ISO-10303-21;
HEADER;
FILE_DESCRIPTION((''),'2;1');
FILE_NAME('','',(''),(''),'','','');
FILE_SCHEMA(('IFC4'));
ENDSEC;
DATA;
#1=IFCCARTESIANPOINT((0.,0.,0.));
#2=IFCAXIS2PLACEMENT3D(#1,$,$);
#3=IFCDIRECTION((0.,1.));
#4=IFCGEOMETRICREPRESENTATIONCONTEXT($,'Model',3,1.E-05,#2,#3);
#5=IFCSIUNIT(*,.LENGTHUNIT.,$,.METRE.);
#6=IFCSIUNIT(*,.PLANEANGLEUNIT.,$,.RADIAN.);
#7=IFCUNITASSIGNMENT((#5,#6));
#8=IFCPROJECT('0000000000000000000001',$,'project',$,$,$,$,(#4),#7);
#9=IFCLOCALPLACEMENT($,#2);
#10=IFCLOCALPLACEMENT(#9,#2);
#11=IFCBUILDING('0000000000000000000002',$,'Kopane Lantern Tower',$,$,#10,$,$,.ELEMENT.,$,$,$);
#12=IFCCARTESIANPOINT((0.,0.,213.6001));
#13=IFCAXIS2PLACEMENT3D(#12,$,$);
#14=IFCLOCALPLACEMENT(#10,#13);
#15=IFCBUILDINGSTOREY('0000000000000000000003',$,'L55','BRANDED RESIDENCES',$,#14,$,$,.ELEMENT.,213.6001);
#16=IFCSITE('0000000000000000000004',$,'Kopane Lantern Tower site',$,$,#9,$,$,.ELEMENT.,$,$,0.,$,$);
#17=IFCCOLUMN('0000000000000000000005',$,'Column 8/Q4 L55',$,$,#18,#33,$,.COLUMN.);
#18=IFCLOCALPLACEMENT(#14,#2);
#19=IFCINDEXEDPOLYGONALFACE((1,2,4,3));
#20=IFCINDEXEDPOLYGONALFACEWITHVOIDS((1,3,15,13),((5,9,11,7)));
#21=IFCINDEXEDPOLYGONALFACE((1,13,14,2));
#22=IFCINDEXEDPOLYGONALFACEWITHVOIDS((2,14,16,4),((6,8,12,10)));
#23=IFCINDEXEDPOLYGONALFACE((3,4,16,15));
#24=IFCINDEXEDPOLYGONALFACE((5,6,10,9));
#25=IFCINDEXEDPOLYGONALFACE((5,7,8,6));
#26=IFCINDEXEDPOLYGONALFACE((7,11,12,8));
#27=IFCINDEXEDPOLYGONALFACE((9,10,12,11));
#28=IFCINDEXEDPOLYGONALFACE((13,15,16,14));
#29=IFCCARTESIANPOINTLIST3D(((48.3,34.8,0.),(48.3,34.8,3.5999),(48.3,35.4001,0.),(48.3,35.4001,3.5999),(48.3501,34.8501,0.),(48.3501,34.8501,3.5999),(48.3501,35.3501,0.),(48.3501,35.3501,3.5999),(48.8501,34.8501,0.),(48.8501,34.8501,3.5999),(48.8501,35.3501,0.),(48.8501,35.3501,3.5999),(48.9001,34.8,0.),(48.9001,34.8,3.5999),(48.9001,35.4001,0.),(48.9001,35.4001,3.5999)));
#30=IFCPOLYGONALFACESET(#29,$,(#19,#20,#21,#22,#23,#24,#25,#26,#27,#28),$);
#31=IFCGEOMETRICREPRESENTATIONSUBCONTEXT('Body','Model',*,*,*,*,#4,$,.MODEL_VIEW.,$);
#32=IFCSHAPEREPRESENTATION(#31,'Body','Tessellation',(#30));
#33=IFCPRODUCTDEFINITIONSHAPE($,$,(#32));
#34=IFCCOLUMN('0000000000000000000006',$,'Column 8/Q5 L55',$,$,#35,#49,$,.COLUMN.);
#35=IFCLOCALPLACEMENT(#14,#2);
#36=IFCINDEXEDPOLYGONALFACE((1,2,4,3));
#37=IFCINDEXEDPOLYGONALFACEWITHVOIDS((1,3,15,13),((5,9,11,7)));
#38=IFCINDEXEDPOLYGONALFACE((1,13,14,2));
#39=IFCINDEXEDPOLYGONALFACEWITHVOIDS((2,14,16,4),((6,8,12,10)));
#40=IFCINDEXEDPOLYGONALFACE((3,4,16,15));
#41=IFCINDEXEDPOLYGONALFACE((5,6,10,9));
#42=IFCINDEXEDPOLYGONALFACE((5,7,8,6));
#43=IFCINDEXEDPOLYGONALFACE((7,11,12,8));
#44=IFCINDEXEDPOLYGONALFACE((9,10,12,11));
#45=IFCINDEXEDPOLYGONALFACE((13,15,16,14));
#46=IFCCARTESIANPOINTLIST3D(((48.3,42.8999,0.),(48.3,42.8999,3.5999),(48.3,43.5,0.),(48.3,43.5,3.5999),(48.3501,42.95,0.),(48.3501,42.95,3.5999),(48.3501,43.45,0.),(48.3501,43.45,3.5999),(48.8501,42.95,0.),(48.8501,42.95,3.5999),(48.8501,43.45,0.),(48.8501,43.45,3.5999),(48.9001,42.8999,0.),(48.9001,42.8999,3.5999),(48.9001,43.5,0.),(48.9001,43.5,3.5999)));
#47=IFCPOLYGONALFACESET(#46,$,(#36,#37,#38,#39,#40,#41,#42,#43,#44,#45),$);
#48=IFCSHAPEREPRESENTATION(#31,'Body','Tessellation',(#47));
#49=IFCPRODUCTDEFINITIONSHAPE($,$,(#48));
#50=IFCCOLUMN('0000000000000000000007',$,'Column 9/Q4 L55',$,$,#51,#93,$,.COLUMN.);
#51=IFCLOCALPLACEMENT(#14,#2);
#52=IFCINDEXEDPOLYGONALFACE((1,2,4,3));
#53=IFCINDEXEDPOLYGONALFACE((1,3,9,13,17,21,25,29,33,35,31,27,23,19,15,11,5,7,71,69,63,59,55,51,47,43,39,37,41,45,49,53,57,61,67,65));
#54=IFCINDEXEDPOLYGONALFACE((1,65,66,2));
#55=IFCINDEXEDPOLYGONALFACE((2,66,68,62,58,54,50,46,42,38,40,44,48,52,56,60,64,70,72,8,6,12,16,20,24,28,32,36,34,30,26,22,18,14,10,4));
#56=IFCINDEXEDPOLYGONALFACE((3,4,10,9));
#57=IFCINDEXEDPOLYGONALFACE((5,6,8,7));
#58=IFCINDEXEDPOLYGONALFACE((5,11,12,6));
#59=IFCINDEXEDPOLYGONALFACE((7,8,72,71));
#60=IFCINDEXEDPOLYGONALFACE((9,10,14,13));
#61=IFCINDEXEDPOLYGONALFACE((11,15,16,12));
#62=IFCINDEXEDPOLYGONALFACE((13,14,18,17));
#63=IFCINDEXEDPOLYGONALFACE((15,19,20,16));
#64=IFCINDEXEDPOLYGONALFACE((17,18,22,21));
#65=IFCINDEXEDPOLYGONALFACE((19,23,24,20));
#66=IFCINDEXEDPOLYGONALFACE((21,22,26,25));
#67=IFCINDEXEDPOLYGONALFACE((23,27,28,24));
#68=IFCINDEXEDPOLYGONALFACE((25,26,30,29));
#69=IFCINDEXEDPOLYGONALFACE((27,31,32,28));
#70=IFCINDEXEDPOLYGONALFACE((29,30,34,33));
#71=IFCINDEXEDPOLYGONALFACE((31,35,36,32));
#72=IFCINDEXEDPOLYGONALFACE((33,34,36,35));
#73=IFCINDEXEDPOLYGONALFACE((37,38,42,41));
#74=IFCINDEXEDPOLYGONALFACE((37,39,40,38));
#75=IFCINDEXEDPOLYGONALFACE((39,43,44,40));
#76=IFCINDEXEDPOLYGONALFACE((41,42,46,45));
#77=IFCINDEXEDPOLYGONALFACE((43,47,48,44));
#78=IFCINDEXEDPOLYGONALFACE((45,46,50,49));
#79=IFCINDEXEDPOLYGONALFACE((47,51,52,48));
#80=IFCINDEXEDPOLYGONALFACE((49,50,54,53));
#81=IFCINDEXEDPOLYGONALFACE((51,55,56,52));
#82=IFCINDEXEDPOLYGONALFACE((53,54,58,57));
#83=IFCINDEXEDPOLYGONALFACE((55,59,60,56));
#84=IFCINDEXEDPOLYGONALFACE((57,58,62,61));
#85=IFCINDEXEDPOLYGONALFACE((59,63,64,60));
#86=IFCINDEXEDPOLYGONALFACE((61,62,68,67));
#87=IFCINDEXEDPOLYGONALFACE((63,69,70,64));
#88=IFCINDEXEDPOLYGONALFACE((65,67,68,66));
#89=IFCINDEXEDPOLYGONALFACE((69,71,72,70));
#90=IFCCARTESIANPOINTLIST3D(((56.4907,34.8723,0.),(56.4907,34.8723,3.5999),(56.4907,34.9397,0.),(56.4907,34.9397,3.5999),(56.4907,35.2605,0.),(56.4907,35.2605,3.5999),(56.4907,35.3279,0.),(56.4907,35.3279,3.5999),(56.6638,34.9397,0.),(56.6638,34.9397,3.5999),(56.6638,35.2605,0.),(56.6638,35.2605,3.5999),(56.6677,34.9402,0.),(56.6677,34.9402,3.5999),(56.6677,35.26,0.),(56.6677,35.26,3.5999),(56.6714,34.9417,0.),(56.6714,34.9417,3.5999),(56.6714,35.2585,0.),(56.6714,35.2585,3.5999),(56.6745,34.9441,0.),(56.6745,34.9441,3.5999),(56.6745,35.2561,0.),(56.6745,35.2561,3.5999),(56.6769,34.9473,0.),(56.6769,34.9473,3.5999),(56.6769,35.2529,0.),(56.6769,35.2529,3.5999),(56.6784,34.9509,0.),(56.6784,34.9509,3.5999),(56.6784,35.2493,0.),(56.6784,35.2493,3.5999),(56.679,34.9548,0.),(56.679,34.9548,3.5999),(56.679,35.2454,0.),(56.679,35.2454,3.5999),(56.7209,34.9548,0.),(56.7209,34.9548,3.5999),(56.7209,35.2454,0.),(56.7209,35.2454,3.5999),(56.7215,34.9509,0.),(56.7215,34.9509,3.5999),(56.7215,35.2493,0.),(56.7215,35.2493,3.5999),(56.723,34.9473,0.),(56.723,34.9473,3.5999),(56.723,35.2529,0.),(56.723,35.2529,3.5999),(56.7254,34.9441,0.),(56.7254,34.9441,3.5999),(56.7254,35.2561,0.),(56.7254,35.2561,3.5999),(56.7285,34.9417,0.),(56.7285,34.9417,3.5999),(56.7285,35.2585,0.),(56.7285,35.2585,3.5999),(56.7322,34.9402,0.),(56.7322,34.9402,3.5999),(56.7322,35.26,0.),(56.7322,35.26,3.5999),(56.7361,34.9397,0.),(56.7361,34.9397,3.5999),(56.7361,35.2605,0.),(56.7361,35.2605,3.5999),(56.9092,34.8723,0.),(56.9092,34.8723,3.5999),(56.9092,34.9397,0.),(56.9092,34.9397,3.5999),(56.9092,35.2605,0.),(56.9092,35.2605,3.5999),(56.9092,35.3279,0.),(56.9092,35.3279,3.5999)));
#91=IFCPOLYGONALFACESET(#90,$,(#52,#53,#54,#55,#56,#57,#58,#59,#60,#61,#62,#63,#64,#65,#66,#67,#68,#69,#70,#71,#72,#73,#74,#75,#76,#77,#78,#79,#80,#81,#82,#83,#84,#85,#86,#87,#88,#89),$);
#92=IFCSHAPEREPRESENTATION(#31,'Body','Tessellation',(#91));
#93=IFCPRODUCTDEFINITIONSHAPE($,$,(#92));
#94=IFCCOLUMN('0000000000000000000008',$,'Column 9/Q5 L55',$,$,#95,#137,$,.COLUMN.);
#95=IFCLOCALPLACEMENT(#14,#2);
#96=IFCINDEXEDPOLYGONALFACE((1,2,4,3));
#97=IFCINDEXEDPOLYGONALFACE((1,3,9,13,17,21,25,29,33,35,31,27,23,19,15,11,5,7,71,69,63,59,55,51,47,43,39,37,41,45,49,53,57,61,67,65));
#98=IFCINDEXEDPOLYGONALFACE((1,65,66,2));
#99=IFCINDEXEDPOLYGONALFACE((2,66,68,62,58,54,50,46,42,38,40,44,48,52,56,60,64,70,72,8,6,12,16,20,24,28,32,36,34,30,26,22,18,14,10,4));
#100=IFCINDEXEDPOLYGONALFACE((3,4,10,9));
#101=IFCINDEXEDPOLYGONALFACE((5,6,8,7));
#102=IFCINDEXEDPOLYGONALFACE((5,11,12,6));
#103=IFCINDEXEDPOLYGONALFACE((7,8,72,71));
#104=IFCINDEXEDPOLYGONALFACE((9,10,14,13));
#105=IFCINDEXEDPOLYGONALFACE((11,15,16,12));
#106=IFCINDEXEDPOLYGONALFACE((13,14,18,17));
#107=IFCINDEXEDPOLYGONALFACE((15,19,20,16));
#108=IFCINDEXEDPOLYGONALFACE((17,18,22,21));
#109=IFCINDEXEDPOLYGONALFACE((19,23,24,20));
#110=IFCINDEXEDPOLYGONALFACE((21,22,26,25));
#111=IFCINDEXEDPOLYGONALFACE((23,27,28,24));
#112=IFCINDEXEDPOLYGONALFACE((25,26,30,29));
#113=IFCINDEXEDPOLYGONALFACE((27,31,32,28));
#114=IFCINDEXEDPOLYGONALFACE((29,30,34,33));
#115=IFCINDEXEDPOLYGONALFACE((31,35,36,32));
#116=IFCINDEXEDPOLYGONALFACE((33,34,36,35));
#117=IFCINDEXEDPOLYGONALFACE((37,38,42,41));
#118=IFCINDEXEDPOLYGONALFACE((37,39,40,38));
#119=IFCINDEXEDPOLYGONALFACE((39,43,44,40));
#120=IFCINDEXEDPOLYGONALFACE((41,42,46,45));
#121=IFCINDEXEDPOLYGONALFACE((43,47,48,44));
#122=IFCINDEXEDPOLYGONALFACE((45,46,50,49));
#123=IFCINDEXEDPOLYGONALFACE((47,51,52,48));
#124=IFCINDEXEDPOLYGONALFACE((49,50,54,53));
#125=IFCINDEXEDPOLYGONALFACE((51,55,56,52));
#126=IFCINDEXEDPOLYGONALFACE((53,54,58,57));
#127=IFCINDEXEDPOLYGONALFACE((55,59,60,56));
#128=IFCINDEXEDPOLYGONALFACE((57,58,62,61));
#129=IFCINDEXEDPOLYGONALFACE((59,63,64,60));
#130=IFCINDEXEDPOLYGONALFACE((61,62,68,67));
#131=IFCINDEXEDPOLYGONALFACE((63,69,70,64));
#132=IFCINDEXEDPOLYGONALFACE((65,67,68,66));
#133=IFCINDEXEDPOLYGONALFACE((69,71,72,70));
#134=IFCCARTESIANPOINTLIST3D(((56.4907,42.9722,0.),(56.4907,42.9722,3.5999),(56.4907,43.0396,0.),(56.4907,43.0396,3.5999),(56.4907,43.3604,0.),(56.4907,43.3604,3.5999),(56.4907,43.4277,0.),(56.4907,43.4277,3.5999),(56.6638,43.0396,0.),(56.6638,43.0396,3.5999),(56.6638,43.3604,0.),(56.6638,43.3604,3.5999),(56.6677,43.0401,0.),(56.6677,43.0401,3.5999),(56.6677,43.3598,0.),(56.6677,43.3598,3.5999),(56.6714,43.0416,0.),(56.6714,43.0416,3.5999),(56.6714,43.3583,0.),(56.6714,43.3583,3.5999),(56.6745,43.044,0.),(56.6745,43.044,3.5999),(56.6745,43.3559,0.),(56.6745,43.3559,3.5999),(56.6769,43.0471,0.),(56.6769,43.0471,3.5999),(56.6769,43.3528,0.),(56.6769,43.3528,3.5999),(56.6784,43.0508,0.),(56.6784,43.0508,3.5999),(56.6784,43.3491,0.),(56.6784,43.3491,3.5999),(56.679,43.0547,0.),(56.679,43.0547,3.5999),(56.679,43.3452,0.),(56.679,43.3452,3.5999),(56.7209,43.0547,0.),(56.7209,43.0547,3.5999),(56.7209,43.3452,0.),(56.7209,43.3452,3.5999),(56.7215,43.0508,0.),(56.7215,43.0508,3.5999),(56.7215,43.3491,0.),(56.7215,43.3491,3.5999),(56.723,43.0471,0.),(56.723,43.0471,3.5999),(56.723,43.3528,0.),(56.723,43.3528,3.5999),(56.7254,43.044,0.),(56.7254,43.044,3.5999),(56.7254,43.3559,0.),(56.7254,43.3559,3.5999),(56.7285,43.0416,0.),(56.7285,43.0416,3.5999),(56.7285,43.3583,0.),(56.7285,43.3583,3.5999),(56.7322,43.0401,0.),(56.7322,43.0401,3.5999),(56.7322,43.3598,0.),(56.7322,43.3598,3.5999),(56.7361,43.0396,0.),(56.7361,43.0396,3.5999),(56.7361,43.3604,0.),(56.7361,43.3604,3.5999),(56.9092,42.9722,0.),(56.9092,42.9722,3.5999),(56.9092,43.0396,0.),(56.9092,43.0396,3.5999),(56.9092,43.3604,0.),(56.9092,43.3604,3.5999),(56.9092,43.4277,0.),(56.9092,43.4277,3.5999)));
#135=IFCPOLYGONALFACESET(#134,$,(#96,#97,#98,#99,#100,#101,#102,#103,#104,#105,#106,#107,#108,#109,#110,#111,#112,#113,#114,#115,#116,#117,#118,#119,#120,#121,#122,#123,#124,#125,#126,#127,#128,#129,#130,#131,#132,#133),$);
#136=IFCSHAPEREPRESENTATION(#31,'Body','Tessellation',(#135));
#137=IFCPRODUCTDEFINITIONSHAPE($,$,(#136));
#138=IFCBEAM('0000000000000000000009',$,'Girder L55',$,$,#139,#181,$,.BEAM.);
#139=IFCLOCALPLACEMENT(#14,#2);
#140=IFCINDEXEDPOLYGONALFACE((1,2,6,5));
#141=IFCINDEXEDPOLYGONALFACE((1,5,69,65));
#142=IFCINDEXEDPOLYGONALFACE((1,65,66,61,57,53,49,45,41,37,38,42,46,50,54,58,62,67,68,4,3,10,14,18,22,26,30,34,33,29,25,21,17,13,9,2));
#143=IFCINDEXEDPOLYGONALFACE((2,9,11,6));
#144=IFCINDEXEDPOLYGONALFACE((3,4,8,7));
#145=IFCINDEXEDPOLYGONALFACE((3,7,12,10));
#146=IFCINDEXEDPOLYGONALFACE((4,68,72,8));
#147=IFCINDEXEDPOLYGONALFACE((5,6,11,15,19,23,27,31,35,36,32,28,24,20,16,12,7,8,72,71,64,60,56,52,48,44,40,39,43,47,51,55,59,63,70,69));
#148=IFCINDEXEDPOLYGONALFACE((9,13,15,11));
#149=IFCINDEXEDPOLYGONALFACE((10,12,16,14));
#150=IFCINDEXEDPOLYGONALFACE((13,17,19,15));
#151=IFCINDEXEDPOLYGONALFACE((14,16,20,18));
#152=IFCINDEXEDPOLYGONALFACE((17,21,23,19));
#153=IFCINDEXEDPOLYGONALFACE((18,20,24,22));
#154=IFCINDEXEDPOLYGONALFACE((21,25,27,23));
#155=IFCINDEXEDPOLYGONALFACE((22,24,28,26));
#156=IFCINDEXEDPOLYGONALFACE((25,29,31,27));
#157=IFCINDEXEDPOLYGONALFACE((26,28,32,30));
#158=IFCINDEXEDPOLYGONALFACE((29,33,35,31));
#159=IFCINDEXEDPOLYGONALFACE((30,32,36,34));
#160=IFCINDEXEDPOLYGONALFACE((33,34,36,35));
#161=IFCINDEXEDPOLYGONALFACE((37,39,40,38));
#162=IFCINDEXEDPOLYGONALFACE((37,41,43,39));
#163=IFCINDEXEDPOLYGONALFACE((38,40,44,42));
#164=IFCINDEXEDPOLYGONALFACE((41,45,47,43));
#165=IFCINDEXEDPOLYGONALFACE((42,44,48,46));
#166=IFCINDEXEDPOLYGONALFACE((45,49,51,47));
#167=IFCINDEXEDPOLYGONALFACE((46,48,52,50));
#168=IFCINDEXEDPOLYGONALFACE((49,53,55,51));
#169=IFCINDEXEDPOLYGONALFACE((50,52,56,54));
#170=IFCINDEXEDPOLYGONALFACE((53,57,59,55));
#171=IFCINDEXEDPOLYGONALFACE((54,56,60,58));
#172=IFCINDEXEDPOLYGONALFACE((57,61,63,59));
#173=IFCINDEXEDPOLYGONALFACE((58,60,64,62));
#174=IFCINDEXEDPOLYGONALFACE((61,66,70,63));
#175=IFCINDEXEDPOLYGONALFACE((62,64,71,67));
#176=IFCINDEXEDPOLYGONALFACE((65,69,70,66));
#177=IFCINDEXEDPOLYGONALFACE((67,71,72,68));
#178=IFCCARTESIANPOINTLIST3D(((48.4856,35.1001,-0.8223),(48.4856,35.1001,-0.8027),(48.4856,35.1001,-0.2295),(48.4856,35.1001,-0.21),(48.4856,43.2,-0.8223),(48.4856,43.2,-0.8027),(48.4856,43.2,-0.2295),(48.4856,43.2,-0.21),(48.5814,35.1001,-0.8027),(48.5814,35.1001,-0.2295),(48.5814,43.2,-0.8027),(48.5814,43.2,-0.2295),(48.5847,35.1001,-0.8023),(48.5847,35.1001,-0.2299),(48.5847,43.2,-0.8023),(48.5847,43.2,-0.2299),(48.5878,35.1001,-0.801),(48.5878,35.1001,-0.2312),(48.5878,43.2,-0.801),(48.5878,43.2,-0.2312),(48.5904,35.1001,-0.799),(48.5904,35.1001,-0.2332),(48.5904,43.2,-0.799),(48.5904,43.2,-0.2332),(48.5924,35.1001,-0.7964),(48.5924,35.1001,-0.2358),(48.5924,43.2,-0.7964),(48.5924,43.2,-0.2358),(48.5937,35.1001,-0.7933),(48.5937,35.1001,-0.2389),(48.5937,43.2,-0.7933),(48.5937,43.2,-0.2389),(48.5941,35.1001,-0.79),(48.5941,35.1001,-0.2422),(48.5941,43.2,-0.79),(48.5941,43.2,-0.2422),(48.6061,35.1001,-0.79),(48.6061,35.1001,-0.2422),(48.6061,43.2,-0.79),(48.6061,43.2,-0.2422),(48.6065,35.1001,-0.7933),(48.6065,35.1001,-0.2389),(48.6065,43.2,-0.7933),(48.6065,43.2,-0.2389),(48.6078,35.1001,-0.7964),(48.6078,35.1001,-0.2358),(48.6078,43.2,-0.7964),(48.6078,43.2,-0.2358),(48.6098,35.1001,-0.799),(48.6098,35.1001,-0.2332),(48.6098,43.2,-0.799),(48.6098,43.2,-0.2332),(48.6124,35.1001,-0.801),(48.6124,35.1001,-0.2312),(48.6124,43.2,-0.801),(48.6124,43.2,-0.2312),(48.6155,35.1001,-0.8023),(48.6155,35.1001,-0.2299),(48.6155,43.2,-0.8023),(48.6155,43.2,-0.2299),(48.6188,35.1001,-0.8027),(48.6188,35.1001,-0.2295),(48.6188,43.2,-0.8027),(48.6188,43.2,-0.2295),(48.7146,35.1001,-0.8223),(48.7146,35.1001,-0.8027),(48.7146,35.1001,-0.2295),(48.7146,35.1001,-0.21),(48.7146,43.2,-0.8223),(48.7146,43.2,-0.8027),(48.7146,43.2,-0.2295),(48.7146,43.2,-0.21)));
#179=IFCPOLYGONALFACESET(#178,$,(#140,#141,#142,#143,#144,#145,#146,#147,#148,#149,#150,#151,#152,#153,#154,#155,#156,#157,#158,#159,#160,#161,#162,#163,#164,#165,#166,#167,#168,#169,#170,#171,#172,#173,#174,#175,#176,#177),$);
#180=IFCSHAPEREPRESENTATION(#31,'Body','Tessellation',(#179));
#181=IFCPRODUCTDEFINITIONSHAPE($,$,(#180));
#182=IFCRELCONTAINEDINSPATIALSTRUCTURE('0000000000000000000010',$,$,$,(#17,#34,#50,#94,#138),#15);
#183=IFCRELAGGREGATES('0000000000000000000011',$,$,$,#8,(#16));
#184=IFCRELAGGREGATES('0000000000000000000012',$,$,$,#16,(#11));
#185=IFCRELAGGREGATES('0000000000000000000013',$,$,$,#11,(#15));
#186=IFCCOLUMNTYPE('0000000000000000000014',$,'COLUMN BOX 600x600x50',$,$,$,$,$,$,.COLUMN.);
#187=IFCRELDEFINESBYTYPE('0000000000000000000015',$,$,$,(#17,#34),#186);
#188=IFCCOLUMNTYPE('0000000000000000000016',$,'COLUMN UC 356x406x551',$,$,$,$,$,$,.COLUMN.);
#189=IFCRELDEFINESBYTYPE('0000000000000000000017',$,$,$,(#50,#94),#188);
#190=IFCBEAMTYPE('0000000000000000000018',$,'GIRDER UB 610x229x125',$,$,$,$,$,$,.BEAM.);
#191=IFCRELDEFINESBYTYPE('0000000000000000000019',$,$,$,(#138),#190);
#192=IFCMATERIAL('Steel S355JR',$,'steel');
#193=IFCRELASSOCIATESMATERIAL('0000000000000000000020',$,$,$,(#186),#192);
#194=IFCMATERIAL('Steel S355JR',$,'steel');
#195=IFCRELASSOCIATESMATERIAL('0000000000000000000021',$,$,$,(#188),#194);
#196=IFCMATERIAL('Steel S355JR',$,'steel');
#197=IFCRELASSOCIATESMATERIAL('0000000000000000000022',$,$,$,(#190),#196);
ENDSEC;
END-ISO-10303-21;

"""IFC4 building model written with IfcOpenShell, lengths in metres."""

from ifc_helpers import new_model, si_unit, direction, frame, origin, origin_2d, place, context, subcontext, project, spatial, hollow_rectangle, i_section, extrude, material, material_profile, profile_set, type_object, element, save


model = new_model("IFC4")

# Units and contexts
model_context = context("Model", 3, precision=1e-05, world=origin(), true_north=direction((0.0, 1.0)))
body_context = subcontext(model_context, "Body", "Model", "MODEL_VIEW")
ifc_project = project(units=[si_unit("LENGTHUNIT", "METRE"), si_unit("PLANEANGLEUNIT", "RADIAN")], contexts=[model_context])

# Site, building, storey
site_placement = place(None, origin())
site = spatial("IfcSite", under=ifc_project, at=site_placement, Name="Kopane Lantern Tower site", CompositionType="ELEMENT", RefElevation=0.0)
building_placement = place(site_placement, origin())
building = spatial("IfcBuilding", under=site, at=building_placement, Name="Kopane Lantern Tower", CompositionType="ELEMENT")
storey_placement = place(building_placement, frame((0.0, 0.0, 213.6001)))
storey = spatial("IfcBuildingStorey", under=building, at=storey_placement, Name="L55", Description="BRANDED RESIDENCES", CompositionType="ELEMENT", Elevation=213.6001)

# Columns
ifc_material_1 = material(Name="Steel S355JR", Category="steel")
ifc_material_profile_1 = material_profile(ifc_material_1, hollow_rectangle(XDim=0.6001, YDim=0.6001, WallThickness=0.05, at=origin_2d()), Name="BOX 600x600x50")
ifc_profile_set_1 = profile_set([ifc_material_profile_1], Name="Steel S355JR")
column_type_1 = type_object("IfcColumnType", Name="COLUMN BOX 600x600x50", PredefinedType="COLUMN", material=ifc_profile_set_1)
for number, where, z_axis, x_axis, name in (
    (1, (48.6001, 35.1001, 0.0), (0.0, 0.0, 1.0), (1.0, 0.0, 0.0), "Column 8/Q4 L55"),
    (2, (48.6001, 43.2, 0.0), (0.0, 0.0, 1.0), (1.0, 0.0, 0.0), "Column 8/Q5 L55"),
):
    element("IfcColumn", number, at=place(storey_placement, frame(where, z_axis=z_axis, x_axis=x_axis)), inside=storey, type_object=column_type_1, Name=name, PredefinedType="COLUMN", context=body_context, shape_type="SweptSolid", body=[
        extrude(hollow_rectangle(XDim=0.6001, YDim=0.6001, WallThickness=0.05, at=origin_2d()), origin(), (0.0, 0.0, 1.0), 3.5999),
    ])
ifc_material_2 = material(Name="Steel S355JR", Category="steel")
ifc_material_profile_2 = material_profile(ifc_material_2, i_section(OverallWidth=0.4185, OverallDepth=0.4556, WebThickness=0.042, FlangeThickness=0.0674, FilletRadius=0.0151, at=origin_2d()), Name="UC 356x406x551")
ifc_profile_set_2 = profile_set([ifc_material_profile_2], Name="Steel S355JR")
column_type_2 = type_object("IfcColumnType", Name="COLUMN UC 356x406x551", PredefinedType="COLUMN", material=ifc_profile_set_2)
for number, where, z_axis, x_axis, name in (
    (3, (56.7, 35.1001, 0.0), (0.0, 0.0, 1.0), (1.0, 0.0, 0.0), "Column 9/Q4 L55"),
    (4, (56.7, 43.2, 0.0), (0.0, 0.0, 1.0), (1.0, 0.0, 0.0), "Column 9/Q5 L55"),
):
    element("IfcColumn", number, at=place(storey_placement, frame(where, z_axis=z_axis, x_axis=x_axis)), inside=storey, type_object=column_type_2, Name=name, PredefinedType="COLUMN", context=body_context, shape_type="SweptSolid", body=[
        extrude(i_section(OverallWidth=0.4185, OverallDepth=0.4556, WebThickness=0.042, FlangeThickness=0.0674, FilletRadius=0.0151, at=origin_2d()), origin(), (0.0, 0.0, 1.0), 3.5999),
    ])

# Beam
ifc_material_3 = material(Name="Steel S355JR", Category="steel")
ifc_material_profile_3 = material_profile(ifc_material_3, i_section(OverallWidth=0.229, OverallDepth=0.6123, WebThickness=0.012, FlangeThickness=0.0195, FilletRadius=0.0127, at=origin_2d()), Name="UB 610x229x125")
ifc_profile_set_3 = profile_set([ifc_material_profile_3], Name="Steel S355JR")
beam_type = type_object("IfcBeamType", Name="GIRDER UB 610x229x125", PredefinedType="BEAM", material=ifc_profile_set_3)
for number, where, z_axis, x_axis, name in (
    (5, (48.6001, 35.1001, -0.5161), (0.0, 1.0, 0.0), (-1.0, 0.0, 0.0), "Girder L55"),
):
    element("IfcBeam", number, at=place(storey_placement, frame(where, z_axis=z_axis, x_axis=x_axis)), inside=storey, type_object=beam_type, Name=name, PredefinedType="BEAM", context=body_context, shape_type="SweptSolid", body=[
        extrude(i_section(OverallWidth=0.229, OverallDepth=0.6123, WebThickness=0.012, FlangeThickness=0.0195, FilletRadius=0.0127, at=origin_2d()), origin(), (0.0, 0.0, 1.0), 8.0999),
    ])

save(model, "model.ifc")
